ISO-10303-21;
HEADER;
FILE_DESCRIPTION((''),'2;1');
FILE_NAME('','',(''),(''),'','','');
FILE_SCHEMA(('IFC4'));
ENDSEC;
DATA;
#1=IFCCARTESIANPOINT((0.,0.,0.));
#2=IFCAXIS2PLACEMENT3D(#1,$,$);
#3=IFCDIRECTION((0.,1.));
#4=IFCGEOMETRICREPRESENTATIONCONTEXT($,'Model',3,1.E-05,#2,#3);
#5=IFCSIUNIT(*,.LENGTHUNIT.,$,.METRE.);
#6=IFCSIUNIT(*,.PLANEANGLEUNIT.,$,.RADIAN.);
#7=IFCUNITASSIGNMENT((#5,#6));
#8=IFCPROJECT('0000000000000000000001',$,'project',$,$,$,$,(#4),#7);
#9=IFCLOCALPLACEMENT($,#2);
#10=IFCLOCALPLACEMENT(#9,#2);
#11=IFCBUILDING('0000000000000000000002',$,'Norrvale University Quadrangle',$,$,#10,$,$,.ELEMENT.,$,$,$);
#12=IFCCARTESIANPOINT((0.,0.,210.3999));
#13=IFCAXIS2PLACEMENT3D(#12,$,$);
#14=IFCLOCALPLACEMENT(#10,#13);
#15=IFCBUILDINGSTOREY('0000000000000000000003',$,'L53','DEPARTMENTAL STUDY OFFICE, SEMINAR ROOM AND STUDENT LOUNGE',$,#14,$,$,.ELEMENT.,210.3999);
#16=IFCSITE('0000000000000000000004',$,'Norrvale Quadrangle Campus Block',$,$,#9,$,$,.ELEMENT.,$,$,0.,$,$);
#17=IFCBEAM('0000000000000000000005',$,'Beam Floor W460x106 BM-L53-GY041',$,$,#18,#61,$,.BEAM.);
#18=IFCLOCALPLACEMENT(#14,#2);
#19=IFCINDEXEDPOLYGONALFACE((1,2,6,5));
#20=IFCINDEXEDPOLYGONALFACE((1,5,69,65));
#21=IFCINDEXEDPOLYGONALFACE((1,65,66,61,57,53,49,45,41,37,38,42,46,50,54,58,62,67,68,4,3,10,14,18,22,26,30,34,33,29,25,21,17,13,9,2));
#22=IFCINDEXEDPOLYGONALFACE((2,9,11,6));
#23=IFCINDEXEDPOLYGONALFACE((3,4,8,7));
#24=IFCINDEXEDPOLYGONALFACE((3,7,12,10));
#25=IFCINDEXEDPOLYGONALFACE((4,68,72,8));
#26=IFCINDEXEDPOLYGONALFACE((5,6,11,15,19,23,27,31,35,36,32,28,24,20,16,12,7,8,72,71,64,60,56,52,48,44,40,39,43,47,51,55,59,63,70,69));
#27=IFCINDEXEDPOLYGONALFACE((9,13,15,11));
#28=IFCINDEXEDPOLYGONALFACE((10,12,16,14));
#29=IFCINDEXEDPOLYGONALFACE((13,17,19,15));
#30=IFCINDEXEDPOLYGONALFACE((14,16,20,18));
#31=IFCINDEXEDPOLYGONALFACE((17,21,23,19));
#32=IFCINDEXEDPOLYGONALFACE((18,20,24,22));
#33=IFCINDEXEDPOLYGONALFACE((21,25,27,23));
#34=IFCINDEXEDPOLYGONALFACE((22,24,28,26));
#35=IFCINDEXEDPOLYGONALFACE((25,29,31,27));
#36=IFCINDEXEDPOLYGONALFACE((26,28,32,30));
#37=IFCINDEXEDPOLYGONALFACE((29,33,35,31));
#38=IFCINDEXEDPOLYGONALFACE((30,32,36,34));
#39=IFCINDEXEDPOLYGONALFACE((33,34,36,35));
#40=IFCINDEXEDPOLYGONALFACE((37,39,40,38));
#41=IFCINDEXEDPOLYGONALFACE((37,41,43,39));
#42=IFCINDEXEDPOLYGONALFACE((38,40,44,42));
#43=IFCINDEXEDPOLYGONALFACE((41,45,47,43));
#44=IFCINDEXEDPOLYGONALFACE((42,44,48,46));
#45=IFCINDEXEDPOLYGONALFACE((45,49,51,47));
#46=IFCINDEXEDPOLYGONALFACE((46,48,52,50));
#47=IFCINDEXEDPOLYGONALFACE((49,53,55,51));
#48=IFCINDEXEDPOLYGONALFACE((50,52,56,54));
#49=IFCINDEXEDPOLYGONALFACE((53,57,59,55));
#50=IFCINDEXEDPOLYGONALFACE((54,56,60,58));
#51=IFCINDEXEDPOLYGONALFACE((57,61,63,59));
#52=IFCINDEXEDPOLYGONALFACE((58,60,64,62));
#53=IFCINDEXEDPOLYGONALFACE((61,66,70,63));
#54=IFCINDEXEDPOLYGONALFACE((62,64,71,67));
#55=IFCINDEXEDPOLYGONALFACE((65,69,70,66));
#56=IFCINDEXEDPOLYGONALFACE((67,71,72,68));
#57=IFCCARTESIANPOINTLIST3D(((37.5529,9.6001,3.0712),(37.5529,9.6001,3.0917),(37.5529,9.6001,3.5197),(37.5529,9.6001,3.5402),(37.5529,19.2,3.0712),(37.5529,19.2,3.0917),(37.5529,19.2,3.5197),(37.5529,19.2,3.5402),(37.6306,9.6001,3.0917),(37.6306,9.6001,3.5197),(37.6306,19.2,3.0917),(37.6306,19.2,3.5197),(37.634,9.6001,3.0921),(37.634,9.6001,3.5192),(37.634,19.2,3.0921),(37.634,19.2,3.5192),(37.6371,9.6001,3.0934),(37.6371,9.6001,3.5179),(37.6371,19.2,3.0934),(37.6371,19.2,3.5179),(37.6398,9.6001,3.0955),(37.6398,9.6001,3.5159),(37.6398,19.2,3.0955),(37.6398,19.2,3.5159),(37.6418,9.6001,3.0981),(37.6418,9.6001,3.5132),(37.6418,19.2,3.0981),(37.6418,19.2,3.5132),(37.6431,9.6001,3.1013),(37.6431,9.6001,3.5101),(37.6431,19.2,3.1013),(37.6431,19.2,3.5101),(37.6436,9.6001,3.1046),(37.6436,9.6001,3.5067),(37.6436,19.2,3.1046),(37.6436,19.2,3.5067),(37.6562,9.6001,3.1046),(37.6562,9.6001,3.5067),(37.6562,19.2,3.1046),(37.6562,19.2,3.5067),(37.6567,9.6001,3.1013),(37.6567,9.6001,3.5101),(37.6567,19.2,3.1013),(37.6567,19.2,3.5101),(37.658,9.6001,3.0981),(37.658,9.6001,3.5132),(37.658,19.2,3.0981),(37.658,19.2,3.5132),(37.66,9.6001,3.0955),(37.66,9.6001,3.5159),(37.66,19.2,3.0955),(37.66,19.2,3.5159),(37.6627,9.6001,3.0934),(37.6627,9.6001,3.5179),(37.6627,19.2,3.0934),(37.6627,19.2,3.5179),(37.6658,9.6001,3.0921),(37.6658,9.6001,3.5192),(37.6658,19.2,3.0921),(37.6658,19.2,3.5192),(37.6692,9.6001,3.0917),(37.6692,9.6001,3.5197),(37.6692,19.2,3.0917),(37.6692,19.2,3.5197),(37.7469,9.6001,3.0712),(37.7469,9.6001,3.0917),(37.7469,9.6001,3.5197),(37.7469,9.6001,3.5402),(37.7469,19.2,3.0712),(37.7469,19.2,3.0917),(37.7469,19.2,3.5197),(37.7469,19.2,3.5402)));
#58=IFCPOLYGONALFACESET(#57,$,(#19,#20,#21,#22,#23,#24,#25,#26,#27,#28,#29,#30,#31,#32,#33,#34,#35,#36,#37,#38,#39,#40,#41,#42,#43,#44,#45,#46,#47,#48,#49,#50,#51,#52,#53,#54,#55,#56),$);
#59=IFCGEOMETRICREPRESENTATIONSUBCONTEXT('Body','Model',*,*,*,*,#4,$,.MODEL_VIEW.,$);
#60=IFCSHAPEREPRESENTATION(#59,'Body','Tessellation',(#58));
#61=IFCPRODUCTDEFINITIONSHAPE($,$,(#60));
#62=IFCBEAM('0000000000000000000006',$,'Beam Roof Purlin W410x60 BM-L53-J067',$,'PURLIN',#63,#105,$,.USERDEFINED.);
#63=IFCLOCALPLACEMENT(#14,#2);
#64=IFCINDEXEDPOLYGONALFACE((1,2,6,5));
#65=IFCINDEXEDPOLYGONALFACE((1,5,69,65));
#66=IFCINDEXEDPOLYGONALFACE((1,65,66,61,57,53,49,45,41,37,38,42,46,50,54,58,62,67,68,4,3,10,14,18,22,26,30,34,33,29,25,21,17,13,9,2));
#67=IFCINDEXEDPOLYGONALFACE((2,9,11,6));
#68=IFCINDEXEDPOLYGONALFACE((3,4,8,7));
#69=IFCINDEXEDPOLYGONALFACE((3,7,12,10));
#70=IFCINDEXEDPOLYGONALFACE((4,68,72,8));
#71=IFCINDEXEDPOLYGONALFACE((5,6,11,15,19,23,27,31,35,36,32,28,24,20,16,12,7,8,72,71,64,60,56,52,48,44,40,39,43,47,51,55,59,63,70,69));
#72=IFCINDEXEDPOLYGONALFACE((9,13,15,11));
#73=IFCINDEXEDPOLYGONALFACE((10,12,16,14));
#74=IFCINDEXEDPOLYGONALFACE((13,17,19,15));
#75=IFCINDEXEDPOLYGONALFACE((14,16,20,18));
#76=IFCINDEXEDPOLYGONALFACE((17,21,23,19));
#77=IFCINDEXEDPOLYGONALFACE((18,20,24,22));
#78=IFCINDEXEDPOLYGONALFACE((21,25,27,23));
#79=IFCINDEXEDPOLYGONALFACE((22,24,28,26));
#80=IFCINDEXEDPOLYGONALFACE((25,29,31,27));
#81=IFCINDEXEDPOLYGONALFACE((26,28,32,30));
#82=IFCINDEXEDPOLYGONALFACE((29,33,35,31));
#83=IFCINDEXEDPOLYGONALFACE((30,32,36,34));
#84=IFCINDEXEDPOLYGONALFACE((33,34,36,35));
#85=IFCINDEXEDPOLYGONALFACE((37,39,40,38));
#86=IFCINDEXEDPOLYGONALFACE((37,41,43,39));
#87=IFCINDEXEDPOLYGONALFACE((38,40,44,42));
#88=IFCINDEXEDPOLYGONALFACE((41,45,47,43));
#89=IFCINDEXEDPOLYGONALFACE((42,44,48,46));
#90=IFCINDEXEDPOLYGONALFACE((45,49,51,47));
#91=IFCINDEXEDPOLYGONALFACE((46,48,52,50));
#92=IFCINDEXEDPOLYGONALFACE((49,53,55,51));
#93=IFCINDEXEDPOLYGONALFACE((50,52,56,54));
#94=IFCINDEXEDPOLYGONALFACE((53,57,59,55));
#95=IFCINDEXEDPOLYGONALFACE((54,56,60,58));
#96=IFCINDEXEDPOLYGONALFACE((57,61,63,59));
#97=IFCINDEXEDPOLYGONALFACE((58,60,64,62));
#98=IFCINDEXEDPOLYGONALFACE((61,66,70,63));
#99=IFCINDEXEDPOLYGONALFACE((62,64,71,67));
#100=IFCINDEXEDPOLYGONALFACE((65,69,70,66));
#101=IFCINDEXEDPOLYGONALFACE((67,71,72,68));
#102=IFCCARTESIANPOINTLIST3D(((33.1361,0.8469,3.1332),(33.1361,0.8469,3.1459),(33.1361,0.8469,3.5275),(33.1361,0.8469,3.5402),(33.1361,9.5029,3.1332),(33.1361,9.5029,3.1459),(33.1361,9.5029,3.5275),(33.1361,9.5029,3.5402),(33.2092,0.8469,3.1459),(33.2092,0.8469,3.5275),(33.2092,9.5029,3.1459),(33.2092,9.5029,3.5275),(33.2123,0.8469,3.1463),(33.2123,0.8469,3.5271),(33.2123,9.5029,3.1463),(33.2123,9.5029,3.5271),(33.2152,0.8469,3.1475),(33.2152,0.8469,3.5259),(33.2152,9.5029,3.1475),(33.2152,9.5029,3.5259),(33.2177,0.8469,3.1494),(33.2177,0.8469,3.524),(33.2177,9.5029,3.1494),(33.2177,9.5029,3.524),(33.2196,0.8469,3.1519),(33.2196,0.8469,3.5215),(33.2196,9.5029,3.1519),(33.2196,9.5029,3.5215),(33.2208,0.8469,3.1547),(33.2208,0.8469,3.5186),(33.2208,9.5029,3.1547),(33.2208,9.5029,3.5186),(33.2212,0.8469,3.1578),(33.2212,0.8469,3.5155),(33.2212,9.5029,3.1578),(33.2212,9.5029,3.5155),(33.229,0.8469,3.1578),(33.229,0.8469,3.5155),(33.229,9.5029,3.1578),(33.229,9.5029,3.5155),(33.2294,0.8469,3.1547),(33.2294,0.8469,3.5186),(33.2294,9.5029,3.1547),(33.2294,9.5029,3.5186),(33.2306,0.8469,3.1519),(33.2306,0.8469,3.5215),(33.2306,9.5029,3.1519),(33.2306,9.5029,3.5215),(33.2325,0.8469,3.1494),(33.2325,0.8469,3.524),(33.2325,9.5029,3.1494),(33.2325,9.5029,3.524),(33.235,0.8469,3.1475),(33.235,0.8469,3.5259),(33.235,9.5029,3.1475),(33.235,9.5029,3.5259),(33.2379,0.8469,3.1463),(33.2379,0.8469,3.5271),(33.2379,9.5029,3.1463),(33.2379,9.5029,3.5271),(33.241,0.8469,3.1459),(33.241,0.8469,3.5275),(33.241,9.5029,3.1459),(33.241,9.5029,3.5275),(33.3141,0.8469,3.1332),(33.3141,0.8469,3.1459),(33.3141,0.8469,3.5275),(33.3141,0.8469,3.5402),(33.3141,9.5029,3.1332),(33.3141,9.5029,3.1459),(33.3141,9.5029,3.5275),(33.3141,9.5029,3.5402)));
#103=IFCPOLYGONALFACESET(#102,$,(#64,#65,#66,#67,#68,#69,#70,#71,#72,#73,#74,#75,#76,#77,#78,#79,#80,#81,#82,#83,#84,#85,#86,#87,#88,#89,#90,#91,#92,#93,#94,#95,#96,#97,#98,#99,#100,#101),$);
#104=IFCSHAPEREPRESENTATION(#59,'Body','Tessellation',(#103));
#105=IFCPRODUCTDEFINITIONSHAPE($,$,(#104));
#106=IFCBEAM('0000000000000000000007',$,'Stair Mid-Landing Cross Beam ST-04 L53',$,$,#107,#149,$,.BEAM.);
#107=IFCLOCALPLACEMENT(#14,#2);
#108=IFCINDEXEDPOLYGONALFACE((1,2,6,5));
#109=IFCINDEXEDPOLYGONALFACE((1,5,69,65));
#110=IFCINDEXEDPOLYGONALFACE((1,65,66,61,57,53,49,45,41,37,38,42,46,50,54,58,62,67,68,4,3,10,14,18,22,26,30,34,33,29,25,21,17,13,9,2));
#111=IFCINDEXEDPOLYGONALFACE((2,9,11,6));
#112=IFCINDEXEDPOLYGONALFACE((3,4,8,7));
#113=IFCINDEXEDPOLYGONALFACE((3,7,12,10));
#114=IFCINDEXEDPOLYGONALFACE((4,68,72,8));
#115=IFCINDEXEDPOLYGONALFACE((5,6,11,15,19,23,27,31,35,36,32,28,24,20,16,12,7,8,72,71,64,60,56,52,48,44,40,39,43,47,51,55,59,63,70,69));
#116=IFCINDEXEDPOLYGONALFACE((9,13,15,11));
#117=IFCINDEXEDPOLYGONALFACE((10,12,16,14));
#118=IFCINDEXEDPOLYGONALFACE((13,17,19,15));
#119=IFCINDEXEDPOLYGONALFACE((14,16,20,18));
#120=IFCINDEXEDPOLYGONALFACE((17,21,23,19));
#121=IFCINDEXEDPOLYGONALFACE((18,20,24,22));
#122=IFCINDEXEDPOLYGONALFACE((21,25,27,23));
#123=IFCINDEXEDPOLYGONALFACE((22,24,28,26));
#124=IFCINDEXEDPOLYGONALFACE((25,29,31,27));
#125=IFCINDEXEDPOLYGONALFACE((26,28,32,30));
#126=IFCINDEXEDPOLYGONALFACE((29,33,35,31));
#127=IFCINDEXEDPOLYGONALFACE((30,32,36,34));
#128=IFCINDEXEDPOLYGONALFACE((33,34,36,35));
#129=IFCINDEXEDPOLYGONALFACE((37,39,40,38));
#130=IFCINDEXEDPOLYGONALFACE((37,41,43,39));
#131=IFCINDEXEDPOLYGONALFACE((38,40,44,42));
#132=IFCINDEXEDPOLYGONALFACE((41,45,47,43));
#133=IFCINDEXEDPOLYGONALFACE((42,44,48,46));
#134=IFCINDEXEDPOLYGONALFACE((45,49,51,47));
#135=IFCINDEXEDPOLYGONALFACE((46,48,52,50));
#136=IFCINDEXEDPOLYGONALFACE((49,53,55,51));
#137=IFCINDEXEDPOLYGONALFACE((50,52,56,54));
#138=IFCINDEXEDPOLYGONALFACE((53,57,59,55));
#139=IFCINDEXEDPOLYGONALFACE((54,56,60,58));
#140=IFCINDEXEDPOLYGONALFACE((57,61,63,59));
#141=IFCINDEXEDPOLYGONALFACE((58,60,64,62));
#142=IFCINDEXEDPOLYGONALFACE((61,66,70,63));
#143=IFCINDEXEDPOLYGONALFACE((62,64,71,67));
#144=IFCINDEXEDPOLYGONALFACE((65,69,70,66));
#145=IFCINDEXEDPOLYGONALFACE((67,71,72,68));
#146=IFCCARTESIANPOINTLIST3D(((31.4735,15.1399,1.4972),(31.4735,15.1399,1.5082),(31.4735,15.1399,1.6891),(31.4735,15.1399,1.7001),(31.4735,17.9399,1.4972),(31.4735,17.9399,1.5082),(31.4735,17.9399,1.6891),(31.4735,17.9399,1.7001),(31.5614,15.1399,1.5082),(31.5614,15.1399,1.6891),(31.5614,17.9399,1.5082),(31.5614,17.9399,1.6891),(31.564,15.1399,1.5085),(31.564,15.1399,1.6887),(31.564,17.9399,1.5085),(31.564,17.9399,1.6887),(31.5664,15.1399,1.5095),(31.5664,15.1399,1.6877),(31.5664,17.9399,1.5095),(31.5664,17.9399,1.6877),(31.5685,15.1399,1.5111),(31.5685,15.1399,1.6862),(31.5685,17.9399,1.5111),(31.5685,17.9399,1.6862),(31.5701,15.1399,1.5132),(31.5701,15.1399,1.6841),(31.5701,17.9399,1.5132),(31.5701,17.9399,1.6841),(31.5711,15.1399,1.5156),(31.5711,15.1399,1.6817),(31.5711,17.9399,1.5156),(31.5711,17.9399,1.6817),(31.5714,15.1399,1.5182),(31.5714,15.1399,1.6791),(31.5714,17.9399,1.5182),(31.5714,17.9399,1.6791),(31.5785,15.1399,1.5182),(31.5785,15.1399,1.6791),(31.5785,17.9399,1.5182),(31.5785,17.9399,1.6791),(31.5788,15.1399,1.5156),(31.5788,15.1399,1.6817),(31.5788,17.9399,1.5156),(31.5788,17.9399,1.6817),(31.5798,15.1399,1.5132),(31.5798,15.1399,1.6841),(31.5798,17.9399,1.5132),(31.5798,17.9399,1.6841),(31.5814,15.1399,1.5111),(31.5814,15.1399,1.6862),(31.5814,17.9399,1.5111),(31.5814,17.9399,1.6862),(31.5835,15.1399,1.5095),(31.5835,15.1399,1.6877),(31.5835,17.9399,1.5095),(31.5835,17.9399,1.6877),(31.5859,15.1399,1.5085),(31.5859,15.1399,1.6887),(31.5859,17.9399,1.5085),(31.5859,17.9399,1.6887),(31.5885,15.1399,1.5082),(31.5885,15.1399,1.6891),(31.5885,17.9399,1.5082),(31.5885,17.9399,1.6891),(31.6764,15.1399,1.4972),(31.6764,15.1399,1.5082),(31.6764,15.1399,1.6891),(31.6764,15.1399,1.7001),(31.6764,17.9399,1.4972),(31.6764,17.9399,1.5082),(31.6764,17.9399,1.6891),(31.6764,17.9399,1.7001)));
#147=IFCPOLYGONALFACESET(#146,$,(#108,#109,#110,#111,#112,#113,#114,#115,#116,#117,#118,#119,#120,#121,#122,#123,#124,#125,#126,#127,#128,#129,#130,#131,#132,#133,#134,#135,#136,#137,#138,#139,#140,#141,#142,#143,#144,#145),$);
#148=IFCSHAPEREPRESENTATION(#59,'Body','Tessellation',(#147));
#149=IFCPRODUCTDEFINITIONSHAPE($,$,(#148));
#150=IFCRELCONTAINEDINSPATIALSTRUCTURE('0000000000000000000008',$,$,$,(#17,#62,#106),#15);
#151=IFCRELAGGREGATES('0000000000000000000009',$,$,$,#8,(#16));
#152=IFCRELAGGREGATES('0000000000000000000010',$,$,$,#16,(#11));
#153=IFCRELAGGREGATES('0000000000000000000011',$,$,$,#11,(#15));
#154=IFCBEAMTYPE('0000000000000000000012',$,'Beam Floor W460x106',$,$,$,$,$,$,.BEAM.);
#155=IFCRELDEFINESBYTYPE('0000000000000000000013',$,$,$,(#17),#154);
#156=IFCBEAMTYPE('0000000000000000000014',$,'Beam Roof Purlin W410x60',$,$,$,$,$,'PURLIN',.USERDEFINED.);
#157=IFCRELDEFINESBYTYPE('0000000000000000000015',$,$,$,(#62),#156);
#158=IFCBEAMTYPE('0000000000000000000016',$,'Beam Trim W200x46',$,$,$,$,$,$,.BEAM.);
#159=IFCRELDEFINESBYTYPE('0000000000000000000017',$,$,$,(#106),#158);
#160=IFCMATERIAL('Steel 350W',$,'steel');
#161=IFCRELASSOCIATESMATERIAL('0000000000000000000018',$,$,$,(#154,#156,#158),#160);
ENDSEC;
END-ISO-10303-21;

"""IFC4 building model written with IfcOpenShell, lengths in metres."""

from ifc_helpers import new_model, si_unit, direction, frame, origin, origin_2d, place, context, subcontext, project, spatial, i_section, extrude, material, material_profile, profile_set, type_object, element, save


model = new_model("IFC4")

# Units and contexts
model_context = context("Model", 3, precision=1e-05, world=origin(), true_north=direction((0.0, 1.0)))
body_context = subcontext(model_context, "Body", "Model", "MODEL_VIEW")
ifc_project = project(units=[si_unit("LENGTHUNIT", "METRE"), si_unit("PLANEANGLEUNIT", "RADIAN")], contexts=[model_context])

# Site, building, storey
site_placement = place(None, origin())
site = spatial("IfcSite", under=ifc_project, at=site_placement, Name="Norrvale Quadrangle Campus Block", CompositionType="ELEMENT", RefElevation=0.0)
building_placement = place(site_placement, origin())
building = spatial("IfcBuilding", under=site, at=building_placement, Name="Norrvale University Quadrangle", CompositionType="ELEMENT")
storey_placement = place(building_placement, frame((0.0, 0.0, 210.3999)))
storey = spatial("IfcBuildingStorey", under=building, at=storey_placement, Name="L53", Description="DEPARTMENTAL STUDY OFFICE, SEMINAR ROOM AND STUDENT LOUNGE", CompositionType="ELEMENT", Elevation=210.3999)

# Beams
ifc_material_1 = material(Name="Steel 350W", Category="steel")
ifc_material_profile_1 = material_profile(ifc_material_1, i_section(OverallWidth=0.1941, OverallDepth=0.469, WebThickness=0.0127, FlangeThickness=0.0205, FilletRadius=0.0129, at=origin_2d()), Name="Steel 350W")
ifc_profile_set_1 = profile_set([ifc_material_profile_1], Name="Steel 350W")
beam_type_1 = type_object("IfcBeamType", Name="Beam Floor W460x106", PredefinedType="BEAM", material=ifc_profile_set_1)
beam_1_placement = place(storey_placement, frame((37.6499, 9.6001, 3.3057), z_axis=(0.0, 1.0, 0.0), x_axis=(-1.0, 0.0, 0.0)))
element("IfcBeam", 1, at=beam_1_placement, inside=storey, type_object=beam_type_1, Name="Beam Floor W460x106 BM-L53-GY041", PredefinedType="BEAM", context=body_context, shape_type="SweptSolid", body=[
    extrude(i_section(OverallWidth=0.1941, OverallDepth=0.469, WebThickness=0.0127, FlangeThickness=0.0205, FilletRadius=0.0129, at=origin_2d()), origin(), (0.0, 0.0, 1.0), 9.5999),
])
ifc_material_profile_2 = material_profile(ifc_material_1, i_section(OverallWidth=0.178, OverallDepth=0.407, WebThickness=0.0078, FlangeThickness=0.0127, FilletRadius=0.012, at=origin_2d()), Name="Steel 350W")
ifc_profile_set_2 = profile_set([ifc_material_profile_2], Name="Steel 350W")
beam_type_2 = type_object("IfcBeamType", Name="Beam Roof Purlin W410x60", ElementType="PURLIN", PredefinedType="USERDEFINED", material=ifc_profile_set_2)
beam_2_placement = place(storey_placement, frame((33.2251, 0.8469, 3.3367), z_axis=(0.0, 1.0, 0.0), x_axis=(-1.0, 0.0, 0.0)))
element("IfcBeam", 2, at=beam_2_placement, inside=storey, type_object=beam_type_2, Name="Beam Roof Purlin W410x60 BM-L53-J067", ObjectType="PURLIN", PredefinedType="USERDEFINED", context=body_context, shape_type="SweptSolid", body=[
    extrude(i_section(OverallWidth=0.178, OverallDepth=0.407, WebThickness=0.0078, FlangeThickness=0.0127, FilletRadius=0.012, at=origin_2d()), origin(), (0.0, 0.0, 1.0), 8.656),
])
ifc_material_profile_3 = material_profile(ifc_material_1, i_section(OverallWidth=0.2029, OverallDepth=0.2029, WebThickness=0.0071, FlangeThickness=0.011, FilletRadius=0.01, at=origin_2d()), Name="Steel 350W")
ifc_profile_set_3 = profile_set([ifc_material_profile_3], Name="Steel 350W")
beam_type_3 = type_object("IfcBeamType", Name="Beam Trim W200x46", PredefinedType="BEAM", material=ifc_profile_set_3)
beam_3_placement = place(storey_placement, frame((31.575, 15.1399, 1.5986), z_axis=(0.0, 1.0, 0.0), x_axis=(-1.0, 0.0, 0.0)))
element("IfcBeam", 3, at=beam_3_placement, inside=storey, type_object=beam_type_3, Name="Stair Mid-Landing Cross Beam ST-04 L53", PredefinedType="BEAM", context=body_context, shape_type="SweptSolid", body=[
    extrude(i_section(OverallWidth=0.2029, OverallDepth=0.2029, WebThickness=0.0071, FlangeThickness=0.011, FilletRadius=0.01, at=origin_2d()), origin(), (0.0, 0.0, 1.0), 2.8),
])

save(model, "model.ifc")
